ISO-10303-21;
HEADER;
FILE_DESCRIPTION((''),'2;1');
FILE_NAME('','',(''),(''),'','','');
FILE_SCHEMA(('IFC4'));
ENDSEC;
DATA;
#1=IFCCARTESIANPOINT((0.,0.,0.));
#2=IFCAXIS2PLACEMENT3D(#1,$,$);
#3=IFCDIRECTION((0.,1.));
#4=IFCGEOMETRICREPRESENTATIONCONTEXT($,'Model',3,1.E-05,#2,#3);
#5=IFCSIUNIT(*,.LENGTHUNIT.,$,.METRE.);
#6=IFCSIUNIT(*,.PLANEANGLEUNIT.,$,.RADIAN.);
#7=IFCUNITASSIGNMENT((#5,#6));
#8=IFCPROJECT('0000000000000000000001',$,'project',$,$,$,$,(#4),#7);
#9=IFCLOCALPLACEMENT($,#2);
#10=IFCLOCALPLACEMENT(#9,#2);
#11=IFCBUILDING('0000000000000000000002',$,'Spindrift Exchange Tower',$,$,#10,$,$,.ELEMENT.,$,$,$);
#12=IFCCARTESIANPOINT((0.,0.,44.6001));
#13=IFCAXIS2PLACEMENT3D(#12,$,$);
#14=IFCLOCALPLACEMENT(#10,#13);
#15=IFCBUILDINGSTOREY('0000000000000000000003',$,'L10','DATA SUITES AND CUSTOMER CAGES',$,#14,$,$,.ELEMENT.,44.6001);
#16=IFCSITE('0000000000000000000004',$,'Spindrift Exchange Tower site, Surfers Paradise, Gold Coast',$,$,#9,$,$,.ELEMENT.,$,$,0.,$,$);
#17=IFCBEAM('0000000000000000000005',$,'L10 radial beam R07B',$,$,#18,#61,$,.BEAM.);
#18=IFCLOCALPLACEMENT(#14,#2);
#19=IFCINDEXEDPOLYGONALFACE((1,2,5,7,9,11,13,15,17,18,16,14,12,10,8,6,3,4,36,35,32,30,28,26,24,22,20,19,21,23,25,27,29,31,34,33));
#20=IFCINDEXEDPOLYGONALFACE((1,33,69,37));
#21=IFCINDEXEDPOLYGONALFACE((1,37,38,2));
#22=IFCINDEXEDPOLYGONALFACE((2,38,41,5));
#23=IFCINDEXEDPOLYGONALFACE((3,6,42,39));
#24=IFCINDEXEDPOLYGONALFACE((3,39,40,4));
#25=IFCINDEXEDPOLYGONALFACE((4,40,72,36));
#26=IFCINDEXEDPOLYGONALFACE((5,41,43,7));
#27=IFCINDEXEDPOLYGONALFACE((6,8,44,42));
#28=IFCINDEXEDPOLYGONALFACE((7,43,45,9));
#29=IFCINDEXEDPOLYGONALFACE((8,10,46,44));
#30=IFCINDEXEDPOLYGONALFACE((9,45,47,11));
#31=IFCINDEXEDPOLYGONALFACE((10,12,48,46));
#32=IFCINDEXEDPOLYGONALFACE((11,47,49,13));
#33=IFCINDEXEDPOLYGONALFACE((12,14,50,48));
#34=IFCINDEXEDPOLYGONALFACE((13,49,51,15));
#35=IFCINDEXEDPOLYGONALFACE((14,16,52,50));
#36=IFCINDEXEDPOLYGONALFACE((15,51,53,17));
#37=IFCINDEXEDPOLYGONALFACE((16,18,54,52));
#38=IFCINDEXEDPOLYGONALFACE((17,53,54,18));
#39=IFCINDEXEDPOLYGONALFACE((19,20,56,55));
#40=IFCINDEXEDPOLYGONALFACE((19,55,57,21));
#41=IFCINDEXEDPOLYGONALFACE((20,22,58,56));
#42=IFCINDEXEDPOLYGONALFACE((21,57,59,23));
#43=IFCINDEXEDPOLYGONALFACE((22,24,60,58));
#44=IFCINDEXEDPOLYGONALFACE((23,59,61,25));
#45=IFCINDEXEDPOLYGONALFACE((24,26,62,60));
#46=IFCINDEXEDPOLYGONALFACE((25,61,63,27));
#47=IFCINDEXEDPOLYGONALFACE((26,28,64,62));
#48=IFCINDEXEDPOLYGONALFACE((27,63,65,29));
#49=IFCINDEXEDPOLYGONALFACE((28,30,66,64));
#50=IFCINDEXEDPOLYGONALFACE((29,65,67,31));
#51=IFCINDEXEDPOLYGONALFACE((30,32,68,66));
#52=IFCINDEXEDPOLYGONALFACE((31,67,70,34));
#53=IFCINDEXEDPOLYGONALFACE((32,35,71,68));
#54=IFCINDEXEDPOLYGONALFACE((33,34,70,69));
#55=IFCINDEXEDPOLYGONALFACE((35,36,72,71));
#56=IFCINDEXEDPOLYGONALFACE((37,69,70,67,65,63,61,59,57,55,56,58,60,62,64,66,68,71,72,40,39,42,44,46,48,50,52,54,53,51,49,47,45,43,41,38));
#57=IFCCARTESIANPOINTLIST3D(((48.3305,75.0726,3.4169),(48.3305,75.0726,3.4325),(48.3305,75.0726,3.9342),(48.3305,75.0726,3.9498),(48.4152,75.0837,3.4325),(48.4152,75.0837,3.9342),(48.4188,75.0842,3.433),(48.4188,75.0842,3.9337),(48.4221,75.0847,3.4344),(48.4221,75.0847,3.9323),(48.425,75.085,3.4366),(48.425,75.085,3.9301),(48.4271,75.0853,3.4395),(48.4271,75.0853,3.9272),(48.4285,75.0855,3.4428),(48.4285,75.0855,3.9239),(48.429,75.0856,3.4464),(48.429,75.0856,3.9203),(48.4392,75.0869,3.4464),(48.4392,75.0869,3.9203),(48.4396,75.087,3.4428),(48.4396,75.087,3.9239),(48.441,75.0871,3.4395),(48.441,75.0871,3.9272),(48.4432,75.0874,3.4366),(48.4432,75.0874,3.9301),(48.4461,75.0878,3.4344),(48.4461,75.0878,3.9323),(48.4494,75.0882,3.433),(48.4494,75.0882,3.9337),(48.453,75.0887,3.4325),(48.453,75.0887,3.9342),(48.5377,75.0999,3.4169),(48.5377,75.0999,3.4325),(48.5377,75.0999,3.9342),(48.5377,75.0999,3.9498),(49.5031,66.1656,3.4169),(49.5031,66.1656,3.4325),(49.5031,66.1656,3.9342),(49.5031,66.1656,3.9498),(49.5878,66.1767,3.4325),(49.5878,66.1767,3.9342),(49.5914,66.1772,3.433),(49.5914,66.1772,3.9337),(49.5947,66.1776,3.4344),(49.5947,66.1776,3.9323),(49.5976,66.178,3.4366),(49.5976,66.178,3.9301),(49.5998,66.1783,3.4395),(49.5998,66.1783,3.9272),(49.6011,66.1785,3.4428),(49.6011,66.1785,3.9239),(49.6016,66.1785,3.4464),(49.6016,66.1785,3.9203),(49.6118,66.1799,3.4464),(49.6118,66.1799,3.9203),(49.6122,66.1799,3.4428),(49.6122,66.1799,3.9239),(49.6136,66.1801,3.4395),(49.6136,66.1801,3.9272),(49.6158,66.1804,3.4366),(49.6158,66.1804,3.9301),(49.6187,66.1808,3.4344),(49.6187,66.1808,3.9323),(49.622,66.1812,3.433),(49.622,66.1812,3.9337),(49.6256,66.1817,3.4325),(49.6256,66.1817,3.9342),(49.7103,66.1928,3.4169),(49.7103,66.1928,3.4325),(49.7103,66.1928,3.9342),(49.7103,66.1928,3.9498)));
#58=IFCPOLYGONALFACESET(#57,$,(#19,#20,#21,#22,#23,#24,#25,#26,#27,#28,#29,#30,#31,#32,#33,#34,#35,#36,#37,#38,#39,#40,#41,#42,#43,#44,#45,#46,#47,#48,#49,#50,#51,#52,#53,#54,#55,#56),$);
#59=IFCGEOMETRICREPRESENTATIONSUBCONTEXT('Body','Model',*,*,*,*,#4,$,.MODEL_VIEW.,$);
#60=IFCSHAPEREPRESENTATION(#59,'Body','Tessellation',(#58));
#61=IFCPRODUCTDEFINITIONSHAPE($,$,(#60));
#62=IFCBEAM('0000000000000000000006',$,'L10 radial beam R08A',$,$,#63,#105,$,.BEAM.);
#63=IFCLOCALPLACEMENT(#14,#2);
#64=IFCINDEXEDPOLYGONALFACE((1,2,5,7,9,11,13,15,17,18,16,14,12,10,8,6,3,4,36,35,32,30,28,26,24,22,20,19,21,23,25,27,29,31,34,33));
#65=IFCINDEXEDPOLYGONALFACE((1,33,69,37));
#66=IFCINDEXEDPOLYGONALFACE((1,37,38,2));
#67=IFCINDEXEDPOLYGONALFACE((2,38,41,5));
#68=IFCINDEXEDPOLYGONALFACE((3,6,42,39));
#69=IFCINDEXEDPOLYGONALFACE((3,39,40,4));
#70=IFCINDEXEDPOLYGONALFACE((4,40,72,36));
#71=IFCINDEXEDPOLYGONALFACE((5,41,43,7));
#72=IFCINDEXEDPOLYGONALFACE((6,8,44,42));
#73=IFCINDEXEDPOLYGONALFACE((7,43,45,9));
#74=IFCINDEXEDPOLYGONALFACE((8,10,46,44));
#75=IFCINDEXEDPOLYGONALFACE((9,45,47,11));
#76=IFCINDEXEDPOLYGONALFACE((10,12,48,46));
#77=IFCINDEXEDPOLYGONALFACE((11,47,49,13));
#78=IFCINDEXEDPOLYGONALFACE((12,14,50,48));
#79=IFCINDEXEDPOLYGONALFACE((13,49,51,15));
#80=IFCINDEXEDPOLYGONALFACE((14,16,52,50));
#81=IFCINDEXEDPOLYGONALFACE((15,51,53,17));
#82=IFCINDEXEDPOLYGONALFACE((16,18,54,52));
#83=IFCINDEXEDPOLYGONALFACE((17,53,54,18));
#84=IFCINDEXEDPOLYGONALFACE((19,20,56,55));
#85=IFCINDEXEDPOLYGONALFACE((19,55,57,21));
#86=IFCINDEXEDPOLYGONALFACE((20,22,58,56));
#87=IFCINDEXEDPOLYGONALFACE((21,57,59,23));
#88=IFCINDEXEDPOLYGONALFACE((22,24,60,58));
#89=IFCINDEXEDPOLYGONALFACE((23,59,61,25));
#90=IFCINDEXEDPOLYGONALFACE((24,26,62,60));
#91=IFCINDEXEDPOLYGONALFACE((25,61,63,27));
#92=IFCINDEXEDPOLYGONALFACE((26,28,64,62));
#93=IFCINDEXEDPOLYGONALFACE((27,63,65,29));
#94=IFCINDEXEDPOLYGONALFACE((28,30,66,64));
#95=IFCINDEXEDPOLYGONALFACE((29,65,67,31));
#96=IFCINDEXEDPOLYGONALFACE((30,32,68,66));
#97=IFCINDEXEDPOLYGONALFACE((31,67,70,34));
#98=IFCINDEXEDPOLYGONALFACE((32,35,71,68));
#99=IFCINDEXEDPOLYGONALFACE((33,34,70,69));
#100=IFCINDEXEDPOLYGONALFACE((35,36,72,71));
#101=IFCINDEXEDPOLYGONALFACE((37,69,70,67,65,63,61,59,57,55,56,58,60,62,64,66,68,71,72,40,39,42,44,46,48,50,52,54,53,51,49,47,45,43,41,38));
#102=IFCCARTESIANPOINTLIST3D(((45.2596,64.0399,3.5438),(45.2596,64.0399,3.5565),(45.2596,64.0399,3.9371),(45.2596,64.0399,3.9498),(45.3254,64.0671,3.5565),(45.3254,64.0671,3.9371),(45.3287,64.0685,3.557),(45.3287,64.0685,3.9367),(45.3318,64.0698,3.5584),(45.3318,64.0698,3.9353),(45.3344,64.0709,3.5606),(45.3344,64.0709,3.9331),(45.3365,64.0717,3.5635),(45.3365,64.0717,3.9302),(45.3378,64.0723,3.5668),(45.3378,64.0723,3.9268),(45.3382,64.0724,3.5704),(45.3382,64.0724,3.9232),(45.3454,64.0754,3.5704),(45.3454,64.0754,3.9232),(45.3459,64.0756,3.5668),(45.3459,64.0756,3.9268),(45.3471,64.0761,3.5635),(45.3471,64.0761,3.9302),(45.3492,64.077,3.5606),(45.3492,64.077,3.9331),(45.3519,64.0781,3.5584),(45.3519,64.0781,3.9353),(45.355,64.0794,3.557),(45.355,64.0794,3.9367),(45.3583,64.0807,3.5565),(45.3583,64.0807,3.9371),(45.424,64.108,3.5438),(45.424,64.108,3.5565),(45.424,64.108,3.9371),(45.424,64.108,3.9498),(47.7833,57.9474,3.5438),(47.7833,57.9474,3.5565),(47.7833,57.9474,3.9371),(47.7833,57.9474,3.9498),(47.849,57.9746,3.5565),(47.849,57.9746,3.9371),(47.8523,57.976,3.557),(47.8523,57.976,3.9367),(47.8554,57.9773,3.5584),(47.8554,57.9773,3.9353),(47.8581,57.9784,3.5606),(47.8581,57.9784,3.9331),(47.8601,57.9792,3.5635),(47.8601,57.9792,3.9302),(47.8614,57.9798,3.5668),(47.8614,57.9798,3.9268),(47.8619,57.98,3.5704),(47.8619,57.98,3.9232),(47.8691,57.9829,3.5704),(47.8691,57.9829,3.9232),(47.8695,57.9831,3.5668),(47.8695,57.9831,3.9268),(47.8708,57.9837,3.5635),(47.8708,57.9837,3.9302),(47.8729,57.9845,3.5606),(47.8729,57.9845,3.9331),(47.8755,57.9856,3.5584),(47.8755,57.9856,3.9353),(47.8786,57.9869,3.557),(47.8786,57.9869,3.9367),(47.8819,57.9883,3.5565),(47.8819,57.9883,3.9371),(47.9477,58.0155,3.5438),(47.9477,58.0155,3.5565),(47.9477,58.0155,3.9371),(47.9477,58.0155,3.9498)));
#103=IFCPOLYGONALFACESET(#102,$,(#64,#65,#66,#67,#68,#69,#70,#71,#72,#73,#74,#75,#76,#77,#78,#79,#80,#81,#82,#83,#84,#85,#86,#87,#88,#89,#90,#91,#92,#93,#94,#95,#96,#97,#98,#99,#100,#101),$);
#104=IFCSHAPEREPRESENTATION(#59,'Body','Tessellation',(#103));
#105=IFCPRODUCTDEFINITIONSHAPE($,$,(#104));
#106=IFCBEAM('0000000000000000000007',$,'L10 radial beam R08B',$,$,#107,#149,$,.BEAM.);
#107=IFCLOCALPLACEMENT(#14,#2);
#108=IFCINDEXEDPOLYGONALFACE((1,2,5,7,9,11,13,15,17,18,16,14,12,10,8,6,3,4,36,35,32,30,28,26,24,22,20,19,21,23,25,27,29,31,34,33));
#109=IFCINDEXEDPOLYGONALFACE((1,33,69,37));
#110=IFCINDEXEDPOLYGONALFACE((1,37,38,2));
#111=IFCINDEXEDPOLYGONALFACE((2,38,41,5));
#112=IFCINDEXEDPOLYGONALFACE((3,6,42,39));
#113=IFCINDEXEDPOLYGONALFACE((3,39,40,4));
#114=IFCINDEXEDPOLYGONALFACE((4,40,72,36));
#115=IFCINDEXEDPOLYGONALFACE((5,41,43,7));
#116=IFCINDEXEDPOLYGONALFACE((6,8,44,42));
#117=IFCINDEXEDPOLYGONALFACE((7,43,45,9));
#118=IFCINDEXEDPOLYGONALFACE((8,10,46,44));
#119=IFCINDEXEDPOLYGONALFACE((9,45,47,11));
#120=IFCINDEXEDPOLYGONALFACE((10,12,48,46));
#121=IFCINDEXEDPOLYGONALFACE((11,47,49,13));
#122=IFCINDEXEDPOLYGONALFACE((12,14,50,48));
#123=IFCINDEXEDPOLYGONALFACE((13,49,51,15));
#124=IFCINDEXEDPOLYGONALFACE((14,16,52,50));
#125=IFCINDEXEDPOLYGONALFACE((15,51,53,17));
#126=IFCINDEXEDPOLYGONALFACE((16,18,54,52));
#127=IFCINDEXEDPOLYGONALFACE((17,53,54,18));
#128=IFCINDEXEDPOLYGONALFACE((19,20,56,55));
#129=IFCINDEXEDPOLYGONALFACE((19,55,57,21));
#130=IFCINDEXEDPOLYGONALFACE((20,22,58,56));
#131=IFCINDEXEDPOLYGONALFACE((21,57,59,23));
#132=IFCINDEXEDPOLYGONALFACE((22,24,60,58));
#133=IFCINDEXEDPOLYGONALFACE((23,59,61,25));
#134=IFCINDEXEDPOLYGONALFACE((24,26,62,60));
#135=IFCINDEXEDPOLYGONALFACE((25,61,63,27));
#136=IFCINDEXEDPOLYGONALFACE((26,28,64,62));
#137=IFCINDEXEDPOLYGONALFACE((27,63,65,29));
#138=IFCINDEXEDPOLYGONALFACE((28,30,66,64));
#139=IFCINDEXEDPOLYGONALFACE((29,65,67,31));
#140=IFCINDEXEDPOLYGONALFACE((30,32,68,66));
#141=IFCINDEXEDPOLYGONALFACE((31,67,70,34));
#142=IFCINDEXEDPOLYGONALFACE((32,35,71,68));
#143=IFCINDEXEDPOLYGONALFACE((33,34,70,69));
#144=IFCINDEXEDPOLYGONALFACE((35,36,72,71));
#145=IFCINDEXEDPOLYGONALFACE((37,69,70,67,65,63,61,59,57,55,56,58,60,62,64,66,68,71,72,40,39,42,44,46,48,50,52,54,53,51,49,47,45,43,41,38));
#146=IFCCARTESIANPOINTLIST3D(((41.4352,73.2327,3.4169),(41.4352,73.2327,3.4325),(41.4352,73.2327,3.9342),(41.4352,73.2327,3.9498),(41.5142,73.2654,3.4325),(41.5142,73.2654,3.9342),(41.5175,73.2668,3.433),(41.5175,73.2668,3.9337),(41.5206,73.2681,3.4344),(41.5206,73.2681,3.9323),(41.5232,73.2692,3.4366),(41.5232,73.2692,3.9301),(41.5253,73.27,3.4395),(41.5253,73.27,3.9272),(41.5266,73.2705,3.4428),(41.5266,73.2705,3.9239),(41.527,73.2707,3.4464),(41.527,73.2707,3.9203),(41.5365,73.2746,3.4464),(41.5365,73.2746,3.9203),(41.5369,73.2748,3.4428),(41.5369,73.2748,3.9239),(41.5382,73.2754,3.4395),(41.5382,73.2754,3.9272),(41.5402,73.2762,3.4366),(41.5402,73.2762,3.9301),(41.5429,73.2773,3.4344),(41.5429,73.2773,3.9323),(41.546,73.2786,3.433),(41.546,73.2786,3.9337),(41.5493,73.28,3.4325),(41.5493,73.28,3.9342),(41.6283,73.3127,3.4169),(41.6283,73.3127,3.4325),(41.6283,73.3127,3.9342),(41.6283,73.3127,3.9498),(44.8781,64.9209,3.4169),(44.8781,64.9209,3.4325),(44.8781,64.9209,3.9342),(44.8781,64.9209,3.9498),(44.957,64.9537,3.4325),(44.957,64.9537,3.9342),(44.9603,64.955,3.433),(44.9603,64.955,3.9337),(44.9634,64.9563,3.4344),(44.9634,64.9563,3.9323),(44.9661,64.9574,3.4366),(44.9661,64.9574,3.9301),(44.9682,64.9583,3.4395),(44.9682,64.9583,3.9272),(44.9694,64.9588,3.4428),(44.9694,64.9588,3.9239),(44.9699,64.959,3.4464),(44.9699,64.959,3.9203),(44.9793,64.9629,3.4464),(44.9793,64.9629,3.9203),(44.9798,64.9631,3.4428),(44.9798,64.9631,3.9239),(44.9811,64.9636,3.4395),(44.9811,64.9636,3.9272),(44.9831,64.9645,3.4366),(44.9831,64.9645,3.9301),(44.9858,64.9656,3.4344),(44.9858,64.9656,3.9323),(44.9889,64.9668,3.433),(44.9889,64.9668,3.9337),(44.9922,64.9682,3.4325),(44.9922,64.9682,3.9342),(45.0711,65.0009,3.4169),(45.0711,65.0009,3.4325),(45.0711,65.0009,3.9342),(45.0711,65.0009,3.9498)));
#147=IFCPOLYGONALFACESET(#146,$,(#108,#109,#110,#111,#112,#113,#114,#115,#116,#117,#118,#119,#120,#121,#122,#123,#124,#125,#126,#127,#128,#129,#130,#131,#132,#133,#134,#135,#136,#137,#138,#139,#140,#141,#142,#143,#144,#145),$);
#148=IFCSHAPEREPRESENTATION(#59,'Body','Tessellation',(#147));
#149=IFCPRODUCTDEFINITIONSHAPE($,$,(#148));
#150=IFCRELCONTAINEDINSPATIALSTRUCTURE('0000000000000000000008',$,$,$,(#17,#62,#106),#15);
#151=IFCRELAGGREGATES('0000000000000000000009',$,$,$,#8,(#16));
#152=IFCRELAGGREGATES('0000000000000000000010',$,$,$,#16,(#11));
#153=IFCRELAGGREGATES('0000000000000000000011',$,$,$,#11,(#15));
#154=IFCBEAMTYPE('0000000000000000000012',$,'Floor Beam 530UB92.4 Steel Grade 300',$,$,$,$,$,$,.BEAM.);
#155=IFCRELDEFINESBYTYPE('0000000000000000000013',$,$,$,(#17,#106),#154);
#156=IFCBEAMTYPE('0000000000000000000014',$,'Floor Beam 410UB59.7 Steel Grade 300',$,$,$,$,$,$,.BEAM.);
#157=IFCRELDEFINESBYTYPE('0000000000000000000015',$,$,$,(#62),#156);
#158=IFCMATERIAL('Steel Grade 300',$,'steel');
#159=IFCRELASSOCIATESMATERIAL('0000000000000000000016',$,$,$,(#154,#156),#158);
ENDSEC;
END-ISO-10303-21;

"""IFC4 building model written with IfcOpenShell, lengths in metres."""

from ifc_helpers import new_model, si_unit, direction, frame, origin, origin_2d, place, context, subcontext, project, spatial, i_section, extrude, source, transform, mapped, material, material_profile, profile_set, type_object, element, save


model = new_model("IFC4")

# Units and contexts
model_context = context("Model", 3, precision=1e-05, world=origin(), true_north=direction((0.0, 1.0)))
body_context = subcontext(model_context, "Body", "Model", "MODEL_VIEW")
ifc_project = project(units=[si_unit("LENGTHUNIT", "METRE"), si_unit("PLANEANGLEUNIT", "RADIAN")], contexts=[model_context])

# Site, building, storey
site_placement = place(None, origin())
site = spatial("IfcSite", under=ifc_project, at=site_placement, Name="Spindrift Exchange Tower site, Surfers Paradise, Gold Coast", CompositionType="ELEMENT", RefElevation=0.0)
building_placement = place(site_placement, origin())
building = spatial("IfcBuilding", under=site, at=building_placement, Name="Spindrift Exchange Tower", CompositionType="ELEMENT")
storey_placement = place(building_placement, frame((0.0, 0.0, 44.6001)))
storey = spatial("IfcBuildingStorey", under=building, at=storey_placement, Name="L10", Description="DATA SUITES AND CUSTOMER CAGES", CompositionType="ELEMENT", Elevation=44.6001)

# Beams
ifc_material_1 = material(Name="Steel Grade 300", Category="steel")
ifc_material_profile_1 = material_profile(ifc_material_1, i_section(OverallWidth=0.209, OverallDepth=0.533, WebThickness=0.0103, FlangeThickness=0.0156, FilletRadius=0.0139, at=origin_2d()), Name="530UB92.4")
ifc_profile_set_1 = profile_set([ifc_material_profile_1], Name="Steel Grade 300")
beam_type_1 = type_object("IfcBeamType", Name="Floor Beam 530UB92.4 Steel Grade 300", PredefinedType="BEAM", material=ifc_profile_set_1)
shared_shape_1 = source(origin(), body_context, "Body", "SweptSolid", [
    extrude(i_section(OverallWidth=0.209, OverallDepth=0.533, WebThickness=0.0103, FlangeThickness=0.0156, FilletRadius=0.0139, at=origin_2d()), origin(), (0.0, 0.0, 1.0), 8.9839),
])
beam_1_placement = place(storey_placement, frame((49.6067, 66.1792, 3.6833), z_axis=(-0.130524, 0.991445, 0.0), x_axis=(-0.991445, -0.130524, 0.0)))
element("IfcBeam", 1, at=beam_1_placement, inside=storey, type_object=beam_type_1, Name="L10 radial beam R07B", PredefinedType="BEAM", context=body_context, shape_type="MappedRepresentation", body=[
    mapped(shared_shape_1, transform((0.0, 0.0, 0.0), scale=1.0)),
])
ifc_material_profile_2 = material_profile(ifc_material_1, i_section(OverallWidth=0.178, OverallDepth=0.406, WebThickness=0.0078, FlangeThickness=0.0127, FilletRadius=0.0139, at=origin_2d()), Name="410UB59.7")
ifc_profile_set_2 = profile_set([ifc_material_profile_2], Name="Steel Grade 300")
beam_type_2 = type_object("IfcBeamType", Name="Floor Beam 410UB59.7 Steel Grade 300", PredefinedType="BEAM", material=ifc_profile_set_2)
shared_shape_2 = source(origin(), body_context, "Body", "SweptSolid", [
    extrude(i_section(OverallWidth=0.178, OverallDepth=0.406, WebThickness=0.0078, FlangeThickness=0.0127, FilletRadius=0.0139, at=origin_2d()), origin(), (0.0, 0.0, 1.0), 6.5945),
])
beam_2_placement = place(storey_placement, frame((47.8655, 57.9814, 3.7468), z_axis=(-0.382693, 0.923876, 0.0), x_axis=(-0.923876, -0.382693, 0.0)))
element("IfcBeam", 2, at=beam_2_placement, inside=storey, type_object=beam_type_2, Name="L10 radial beam R08A", PredefinedType="BEAM", context=body_context, shape_type="MappedRepresentation", body=[
    mapped(shared_shape_2, transform((0.0, 0.0, 0.0), scale=1.0)),
])
shared_shape_3 = source(origin(), body_context, "Body", "SweptSolid", [
    extrude(i_section(OverallWidth=0.209, OverallDepth=0.533, WebThickness=0.0103, FlangeThickness=0.0156, FilletRadius=0.0139, at=origin_2d()), origin(), (0.0, 0.0, 1.0), 8.9966),
])
beam_3_placement = place(storey_placement, frame((44.9746, 64.9609, 3.6833), z_axis=(-0.382686, 0.923879, 0.0), x_axis=(-0.923879, -0.382686, 0.0)))
element("IfcBeam", 3, at=beam_3_placement, inside=storey, type_object=beam_type_1, Name="L10 radial beam R08B", PredefinedType="BEAM", context=body_context, shape_type="MappedRepresentation", body=[
    mapped(shared_shape_3, transform((0.0, 0.0, 0.0), scale=1.0)),
])

save(model, "model.ifc")
